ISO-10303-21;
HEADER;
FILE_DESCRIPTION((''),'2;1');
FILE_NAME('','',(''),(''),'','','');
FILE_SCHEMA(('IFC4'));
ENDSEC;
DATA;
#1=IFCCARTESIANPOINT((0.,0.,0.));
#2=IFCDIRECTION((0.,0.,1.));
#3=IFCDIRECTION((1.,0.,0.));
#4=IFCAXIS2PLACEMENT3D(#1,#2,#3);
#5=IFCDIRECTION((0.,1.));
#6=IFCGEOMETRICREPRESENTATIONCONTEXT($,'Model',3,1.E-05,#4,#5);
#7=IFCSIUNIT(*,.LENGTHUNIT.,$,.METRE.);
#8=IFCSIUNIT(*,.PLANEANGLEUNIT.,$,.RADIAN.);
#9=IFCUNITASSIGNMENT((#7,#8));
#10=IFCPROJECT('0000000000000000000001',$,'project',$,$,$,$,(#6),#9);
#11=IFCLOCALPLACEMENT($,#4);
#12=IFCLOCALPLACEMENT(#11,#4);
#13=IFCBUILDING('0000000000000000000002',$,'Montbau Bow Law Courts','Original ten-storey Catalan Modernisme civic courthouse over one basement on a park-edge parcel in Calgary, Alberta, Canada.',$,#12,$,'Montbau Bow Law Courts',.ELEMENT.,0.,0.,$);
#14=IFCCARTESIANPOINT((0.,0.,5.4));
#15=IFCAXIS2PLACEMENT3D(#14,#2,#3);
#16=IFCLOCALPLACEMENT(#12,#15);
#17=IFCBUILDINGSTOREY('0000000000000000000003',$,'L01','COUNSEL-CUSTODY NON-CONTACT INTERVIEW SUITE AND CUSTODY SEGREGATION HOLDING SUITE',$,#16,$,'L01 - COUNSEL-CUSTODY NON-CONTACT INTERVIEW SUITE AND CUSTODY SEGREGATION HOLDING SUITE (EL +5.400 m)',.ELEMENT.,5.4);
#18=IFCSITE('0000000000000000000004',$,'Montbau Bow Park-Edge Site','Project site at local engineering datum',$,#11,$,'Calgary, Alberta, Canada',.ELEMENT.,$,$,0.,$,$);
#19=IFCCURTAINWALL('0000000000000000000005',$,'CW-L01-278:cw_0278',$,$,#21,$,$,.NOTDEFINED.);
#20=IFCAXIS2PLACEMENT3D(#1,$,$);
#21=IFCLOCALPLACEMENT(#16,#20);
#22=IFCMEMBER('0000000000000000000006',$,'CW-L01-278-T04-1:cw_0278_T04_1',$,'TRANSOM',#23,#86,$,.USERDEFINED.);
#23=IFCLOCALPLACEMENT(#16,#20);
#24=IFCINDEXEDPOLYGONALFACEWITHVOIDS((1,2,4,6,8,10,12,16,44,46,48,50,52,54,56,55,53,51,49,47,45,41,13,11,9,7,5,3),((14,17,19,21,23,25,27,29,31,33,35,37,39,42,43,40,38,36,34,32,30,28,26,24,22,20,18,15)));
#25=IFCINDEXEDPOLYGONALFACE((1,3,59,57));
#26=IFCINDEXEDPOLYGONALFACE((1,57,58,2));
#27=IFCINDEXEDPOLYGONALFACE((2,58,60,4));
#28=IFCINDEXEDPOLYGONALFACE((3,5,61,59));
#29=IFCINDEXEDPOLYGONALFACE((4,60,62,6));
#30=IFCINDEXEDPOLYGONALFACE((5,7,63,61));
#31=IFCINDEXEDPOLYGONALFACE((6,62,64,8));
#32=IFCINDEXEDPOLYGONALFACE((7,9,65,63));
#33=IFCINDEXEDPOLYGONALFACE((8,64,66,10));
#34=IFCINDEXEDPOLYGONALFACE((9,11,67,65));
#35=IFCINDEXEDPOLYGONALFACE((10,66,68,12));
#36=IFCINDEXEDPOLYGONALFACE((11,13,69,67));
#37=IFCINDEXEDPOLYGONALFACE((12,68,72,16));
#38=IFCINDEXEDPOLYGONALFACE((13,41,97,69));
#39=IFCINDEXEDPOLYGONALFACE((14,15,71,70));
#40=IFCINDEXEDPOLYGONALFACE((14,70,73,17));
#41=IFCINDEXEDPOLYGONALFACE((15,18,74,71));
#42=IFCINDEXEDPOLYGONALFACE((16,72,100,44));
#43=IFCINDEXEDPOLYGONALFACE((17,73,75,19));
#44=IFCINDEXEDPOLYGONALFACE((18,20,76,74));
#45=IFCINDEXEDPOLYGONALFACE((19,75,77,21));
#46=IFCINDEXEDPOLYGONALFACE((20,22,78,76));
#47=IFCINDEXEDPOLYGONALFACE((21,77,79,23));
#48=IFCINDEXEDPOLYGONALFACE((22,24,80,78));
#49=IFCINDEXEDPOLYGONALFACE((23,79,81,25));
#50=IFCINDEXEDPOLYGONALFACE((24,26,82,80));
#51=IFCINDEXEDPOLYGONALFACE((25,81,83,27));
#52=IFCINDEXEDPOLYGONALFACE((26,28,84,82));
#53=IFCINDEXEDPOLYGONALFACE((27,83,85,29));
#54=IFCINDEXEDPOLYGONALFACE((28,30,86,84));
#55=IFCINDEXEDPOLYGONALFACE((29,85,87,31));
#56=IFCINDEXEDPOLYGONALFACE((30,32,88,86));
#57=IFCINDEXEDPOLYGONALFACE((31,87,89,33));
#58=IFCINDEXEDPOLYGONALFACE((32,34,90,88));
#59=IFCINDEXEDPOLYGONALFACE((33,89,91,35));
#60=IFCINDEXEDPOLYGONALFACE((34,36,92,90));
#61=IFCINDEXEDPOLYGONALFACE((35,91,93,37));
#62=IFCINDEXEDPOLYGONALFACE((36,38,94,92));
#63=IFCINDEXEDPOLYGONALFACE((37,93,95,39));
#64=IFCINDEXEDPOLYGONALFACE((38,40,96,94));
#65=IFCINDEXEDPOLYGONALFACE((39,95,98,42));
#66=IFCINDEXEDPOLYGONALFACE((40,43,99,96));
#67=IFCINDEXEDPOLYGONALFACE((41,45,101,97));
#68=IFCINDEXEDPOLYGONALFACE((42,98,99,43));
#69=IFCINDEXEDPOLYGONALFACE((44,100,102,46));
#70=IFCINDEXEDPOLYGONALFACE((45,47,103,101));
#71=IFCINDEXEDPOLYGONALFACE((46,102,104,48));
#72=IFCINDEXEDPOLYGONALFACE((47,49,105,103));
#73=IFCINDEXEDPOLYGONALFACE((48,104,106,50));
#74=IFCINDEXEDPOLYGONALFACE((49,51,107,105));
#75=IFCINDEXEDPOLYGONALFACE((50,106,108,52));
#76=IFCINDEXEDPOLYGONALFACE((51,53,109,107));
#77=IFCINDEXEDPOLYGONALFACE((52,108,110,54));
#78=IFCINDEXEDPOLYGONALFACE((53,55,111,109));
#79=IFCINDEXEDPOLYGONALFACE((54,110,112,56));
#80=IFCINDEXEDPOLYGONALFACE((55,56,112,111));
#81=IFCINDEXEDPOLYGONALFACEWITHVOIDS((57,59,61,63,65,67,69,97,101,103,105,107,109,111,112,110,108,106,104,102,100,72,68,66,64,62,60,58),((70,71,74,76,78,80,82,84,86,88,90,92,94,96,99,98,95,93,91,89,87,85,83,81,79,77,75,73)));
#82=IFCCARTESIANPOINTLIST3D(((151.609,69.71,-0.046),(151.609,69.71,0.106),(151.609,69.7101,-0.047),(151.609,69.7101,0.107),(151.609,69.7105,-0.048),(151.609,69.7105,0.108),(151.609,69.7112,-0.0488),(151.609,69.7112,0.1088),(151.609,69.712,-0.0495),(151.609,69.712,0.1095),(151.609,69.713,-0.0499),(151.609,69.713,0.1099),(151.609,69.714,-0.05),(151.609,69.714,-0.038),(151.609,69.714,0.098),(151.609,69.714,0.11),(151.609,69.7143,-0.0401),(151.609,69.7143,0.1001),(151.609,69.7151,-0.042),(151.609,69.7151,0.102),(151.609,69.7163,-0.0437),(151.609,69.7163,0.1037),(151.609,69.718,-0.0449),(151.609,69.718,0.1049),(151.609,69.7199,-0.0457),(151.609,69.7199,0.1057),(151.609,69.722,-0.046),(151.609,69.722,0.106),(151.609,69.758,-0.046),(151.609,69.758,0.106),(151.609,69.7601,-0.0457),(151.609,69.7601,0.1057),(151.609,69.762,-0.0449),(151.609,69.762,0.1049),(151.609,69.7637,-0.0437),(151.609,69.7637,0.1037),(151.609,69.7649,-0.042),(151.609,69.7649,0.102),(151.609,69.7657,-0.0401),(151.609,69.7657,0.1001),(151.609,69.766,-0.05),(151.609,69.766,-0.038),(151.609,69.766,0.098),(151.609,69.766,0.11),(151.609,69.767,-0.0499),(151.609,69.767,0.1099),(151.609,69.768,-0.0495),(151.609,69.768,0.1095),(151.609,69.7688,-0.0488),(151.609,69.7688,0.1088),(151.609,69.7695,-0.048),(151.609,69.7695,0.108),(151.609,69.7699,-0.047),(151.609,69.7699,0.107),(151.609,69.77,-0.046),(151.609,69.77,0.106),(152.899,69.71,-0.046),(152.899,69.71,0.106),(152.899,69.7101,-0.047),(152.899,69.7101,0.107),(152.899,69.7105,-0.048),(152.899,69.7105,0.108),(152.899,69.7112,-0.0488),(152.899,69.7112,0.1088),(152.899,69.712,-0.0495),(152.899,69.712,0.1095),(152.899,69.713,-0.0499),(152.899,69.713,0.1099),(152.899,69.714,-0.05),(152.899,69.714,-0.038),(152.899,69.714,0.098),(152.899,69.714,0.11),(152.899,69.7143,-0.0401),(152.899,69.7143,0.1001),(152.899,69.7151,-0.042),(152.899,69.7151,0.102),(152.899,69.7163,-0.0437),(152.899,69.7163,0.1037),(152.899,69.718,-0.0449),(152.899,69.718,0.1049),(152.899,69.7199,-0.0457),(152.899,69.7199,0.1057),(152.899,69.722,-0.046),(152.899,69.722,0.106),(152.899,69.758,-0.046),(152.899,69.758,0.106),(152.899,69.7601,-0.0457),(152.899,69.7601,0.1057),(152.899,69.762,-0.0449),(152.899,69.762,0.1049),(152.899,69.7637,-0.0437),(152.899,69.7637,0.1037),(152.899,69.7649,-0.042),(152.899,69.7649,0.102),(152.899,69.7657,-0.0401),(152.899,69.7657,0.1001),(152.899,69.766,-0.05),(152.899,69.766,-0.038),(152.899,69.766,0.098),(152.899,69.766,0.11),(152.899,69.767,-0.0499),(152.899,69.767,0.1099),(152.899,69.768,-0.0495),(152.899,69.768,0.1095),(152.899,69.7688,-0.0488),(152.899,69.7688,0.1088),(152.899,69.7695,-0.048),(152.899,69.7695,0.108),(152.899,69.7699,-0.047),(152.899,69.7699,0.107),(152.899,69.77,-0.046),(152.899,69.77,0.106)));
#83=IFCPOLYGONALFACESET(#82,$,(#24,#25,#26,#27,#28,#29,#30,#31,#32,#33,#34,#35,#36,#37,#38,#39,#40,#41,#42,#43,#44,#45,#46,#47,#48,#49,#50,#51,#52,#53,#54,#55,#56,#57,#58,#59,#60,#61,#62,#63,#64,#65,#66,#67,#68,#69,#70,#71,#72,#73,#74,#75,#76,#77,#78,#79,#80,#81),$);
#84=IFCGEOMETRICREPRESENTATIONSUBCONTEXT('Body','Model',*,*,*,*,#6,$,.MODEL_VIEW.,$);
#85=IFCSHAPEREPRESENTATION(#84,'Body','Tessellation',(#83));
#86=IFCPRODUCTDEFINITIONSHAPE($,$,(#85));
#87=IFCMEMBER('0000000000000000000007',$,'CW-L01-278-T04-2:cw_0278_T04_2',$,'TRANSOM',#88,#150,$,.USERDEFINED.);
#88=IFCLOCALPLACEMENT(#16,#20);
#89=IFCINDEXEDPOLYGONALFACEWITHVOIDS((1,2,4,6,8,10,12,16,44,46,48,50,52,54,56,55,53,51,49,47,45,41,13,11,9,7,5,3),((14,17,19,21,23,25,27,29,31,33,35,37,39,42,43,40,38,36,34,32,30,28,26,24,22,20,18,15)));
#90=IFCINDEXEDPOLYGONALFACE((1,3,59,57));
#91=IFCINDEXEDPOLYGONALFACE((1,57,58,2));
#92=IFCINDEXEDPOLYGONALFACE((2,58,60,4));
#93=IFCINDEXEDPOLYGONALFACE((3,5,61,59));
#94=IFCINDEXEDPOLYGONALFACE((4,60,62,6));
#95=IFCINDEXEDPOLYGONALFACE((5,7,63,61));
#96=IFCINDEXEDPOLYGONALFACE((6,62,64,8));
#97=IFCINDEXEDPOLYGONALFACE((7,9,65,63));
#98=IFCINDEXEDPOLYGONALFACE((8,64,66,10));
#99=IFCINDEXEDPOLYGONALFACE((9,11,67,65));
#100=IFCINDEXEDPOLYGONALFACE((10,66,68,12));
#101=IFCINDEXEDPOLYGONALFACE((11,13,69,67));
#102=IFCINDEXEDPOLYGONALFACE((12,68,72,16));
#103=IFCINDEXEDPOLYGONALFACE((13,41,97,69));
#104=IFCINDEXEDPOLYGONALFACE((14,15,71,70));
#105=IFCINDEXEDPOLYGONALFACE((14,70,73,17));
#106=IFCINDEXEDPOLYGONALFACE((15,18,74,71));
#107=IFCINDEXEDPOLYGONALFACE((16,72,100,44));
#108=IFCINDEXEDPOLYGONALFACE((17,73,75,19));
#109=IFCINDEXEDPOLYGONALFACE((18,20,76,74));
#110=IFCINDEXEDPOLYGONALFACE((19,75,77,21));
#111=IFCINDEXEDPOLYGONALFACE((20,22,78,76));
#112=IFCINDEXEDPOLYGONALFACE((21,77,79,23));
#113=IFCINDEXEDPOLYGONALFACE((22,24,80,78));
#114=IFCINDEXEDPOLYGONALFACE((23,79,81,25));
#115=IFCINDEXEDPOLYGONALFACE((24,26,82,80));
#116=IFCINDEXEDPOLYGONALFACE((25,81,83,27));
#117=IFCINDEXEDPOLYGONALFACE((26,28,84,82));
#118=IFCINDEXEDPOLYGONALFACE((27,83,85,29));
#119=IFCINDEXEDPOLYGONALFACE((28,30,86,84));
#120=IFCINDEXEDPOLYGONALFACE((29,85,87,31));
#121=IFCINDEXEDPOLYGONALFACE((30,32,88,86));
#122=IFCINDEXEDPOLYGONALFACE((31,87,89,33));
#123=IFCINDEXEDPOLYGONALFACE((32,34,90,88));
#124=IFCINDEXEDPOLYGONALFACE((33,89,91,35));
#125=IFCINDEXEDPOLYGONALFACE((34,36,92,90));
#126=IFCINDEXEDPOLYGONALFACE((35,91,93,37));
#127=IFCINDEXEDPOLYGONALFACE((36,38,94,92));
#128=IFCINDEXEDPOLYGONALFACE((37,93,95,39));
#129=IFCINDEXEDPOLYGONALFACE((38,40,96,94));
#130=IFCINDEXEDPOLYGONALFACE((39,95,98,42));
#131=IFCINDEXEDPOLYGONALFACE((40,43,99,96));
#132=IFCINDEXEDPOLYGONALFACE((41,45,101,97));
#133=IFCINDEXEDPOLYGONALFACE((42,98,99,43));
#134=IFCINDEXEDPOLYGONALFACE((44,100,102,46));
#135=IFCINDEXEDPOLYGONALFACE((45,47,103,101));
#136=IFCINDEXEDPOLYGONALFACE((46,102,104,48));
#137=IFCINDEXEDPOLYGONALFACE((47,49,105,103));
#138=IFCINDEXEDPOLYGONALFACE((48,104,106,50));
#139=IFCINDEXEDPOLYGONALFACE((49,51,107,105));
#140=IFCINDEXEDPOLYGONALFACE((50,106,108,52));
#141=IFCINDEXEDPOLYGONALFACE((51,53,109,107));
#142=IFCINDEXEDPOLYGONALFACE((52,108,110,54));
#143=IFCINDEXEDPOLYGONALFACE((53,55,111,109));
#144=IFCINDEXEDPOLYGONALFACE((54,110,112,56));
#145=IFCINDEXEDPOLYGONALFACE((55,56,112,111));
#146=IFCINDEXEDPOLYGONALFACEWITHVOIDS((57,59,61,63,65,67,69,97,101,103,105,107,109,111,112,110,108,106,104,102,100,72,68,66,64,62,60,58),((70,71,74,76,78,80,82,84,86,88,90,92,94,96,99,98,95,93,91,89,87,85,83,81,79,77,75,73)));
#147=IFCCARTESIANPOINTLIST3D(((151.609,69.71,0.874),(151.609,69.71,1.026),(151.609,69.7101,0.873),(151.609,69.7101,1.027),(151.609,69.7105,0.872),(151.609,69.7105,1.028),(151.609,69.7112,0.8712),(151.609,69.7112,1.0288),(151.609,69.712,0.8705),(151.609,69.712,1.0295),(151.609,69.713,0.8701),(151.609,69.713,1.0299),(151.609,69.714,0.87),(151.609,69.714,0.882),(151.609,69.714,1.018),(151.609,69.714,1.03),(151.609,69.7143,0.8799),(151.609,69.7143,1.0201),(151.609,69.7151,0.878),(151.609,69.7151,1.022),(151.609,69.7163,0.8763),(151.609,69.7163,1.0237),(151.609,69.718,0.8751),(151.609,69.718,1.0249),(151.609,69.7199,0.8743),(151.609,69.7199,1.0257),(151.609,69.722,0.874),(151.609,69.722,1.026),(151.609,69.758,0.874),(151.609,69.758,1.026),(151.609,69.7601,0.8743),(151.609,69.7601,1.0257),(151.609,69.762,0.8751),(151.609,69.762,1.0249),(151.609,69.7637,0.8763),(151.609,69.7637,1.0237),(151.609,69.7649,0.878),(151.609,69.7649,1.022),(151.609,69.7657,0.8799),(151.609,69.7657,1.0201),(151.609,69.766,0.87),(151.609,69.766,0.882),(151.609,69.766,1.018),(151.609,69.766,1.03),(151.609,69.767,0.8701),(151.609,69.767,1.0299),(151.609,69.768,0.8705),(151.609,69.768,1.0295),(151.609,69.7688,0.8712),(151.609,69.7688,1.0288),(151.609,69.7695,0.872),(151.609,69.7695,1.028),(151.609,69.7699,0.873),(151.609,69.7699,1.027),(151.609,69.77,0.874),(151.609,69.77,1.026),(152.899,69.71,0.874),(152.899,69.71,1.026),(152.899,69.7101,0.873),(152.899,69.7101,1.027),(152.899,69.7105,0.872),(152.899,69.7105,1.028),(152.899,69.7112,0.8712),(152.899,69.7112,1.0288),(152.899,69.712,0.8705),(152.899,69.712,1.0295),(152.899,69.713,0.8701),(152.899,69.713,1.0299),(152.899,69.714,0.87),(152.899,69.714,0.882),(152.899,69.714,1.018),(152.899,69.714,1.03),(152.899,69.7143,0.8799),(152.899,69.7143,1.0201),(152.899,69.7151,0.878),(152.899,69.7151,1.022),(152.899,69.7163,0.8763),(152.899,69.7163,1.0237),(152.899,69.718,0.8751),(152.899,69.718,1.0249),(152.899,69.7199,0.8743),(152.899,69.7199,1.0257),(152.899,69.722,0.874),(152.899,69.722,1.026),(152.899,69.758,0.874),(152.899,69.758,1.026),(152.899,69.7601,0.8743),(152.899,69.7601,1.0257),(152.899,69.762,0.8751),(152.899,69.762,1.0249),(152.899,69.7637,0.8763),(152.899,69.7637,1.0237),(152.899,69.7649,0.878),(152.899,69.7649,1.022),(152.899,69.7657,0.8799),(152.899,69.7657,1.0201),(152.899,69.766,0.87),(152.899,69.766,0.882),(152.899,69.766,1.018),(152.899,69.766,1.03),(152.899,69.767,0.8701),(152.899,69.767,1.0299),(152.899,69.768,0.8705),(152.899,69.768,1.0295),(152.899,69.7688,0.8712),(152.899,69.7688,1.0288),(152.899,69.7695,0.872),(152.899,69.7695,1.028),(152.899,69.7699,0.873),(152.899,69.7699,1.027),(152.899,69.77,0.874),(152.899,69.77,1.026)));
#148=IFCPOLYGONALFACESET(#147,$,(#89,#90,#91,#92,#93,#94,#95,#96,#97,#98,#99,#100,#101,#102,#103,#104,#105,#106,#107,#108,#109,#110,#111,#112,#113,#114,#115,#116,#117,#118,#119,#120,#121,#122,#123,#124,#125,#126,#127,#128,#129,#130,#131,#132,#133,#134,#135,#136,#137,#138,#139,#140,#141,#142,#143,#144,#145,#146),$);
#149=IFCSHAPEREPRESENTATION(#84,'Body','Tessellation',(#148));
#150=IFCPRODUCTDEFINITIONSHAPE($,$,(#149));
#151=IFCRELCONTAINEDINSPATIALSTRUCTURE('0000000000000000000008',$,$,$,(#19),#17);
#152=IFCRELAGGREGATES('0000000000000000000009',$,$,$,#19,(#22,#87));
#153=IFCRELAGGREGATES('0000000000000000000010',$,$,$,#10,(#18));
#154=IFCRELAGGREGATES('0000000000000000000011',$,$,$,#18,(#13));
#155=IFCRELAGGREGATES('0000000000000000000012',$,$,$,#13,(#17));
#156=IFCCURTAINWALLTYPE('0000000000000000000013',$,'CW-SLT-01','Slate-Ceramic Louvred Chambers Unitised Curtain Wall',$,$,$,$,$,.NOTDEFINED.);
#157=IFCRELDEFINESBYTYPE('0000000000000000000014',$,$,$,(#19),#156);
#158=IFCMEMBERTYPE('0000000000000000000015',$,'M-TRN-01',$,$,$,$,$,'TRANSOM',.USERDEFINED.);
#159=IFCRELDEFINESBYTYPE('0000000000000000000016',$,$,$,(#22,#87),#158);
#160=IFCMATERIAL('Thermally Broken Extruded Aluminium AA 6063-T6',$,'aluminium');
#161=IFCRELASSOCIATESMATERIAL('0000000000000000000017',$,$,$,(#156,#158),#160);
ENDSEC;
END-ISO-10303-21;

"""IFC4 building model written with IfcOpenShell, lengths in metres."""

from ifc_helpers import new_model, si_unit, direction, frame, origin_with_axes, origin_2d_with_axis, place, context, subcontext, project, spatial, hollow_rectangle, extrude, material, material_profile, profile_set, type_object, element, aggregate, save


model = new_model("IFC4")

# Units and contexts
model_context = context("Model", 3, precision=1e-05, world=origin_with_axes(), true_north=direction((0.0, 1.0)))
body_context = subcontext(model_context, "Body", "Model", "MODEL_VIEW")
ifc_project = project(units=[si_unit("LENGTHUNIT", "METRE"), si_unit("PLANEANGLEUNIT", "RADIAN")], contexts=[model_context])

# Site, building, storey
site_placement = place(None, origin_with_axes())
site = spatial("IfcSite", under=ifc_project, at=site_placement, Name="Montbau Bow Park-Edge Site", Description="Project site at local engineering datum", LongName="Calgary, Alberta, Canada", CompositionType="ELEMENT", RefElevation=0.0)
building_placement = place(site_placement, origin_with_axes())
building = spatial("IfcBuilding", under=site, at=building_placement, Name="Montbau Bow Law Courts", Description="Original ten-storey Catalan Modernisme civic courthouse over one basement on a park-edge parcel in Calgary, Alberta, Canada.", LongName="Montbau Bow Law Courts", CompositionType="ELEMENT", ElevationOfRefHeight=0.0, ElevationOfTerrain=0.0)
storey_placement = place(building_placement, frame((0.0, 0.0, 5.4), z_axis=(0.0, 0.0, 1.0), x_axis=(1.0, 0.0, 0.0)))
storey = spatial("IfcBuildingStorey", under=building, at=storey_placement, Name="L01", Description="COUNSEL-CUSTODY NON-CONTACT INTERVIEW SUITE AND CUSTODY SEGREGATION HOLDING SUITE", LongName="L01 - COUNSEL-CUSTODY NON-CONTACT INTERVIEW SUITE AND CUSTODY SEGREGATION HOLDING SUITE (EL +5.400 m)", CompositionType="ELEMENT", Elevation=5.4)

# Curtain wall, members
ifc_material_1 = material(Name="Thermally Broken Extruded Aluminium AA 6063-T6", Category="aluminium")
curtain_wall_type = type_object("IfcCurtainWallType", Name="CW-SLT-01", Description="Slate-Ceramic Louvred Chambers Unitised Curtain Wall", PredefinedType="NOTDEFINED", material=ifc_material_1)
curtain_wall_placement = place(None, frame((147.515, 69.74, 5.4), z_axis=(0.0, 0.0, 1.0), x_axis=(1.0, 0.0, 0.0)))
curtain_wall = element("IfcCurtainWall", 1, at=curtain_wall_placement, inside=storey, type_object=curtain_wall_type, Name="CW-L01-278:cw_0278", PredefinedType="NOTDEFINED")
ifc_material_profile_1 = material_profile(ifc_material_1, hollow_rectangle(XDim=0.06, YDim=0.16, WallThickness=0.004, InnerFilletRadius=0.008, OuterFilletRadius=0.004, at=origin_2d_with_axis()), Name="CWT-160X60", Category="Main", Priority=0)
ifc_profile_set_1 = profile_set([ifc_material_profile_1], Name="Thermally Broken Extruded Aluminium AA 6063-T6")
member_type_1 = type_object("IfcMemberType", Name="M-TRN-01", ElementType="TRANSOM", PredefinedType="USERDEFINED", material=ifc_profile_set_1)
member_1_placement = place(None, frame((151.609, 69.74, 5.43), z_axis=(1.0, 0.0, 0.0), x_axis=(0.0, 1.0, 0.0)))
member_1 = element("IfcMember", 2, at=member_1_placement, type_object=member_type_1, Name="CW-L01-278-T04-1:cw_0278_T04_1", ObjectType="TRANSOM", PredefinedType="USERDEFINED", context=body_context, shape_type="SweptSolid", body=[
    extrude(hollow_rectangle(XDim=0.06, YDim=0.16, WallThickness=0.004, InnerFilletRadius=0.008, OuterFilletRadius=0.004, at=origin_2d_with_axis()), origin_with_axes(), (0.0, 0.0, 1.0), 1.29),
])
member_2_placement = place(None, frame((151.609, 69.74, 6.35), z_axis=(1.0, 0.0, 0.0), x_axis=(0.0, 1.0, 0.0)))
member_2 = element("IfcMember", 3, at=member_2_placement, type_object=member_type_1, Name="CW-L01-278-T04-2:cw_0278_T04_2", ObjectType="TRANSOM", PredefinedType="USERDEFINED", context=body_context, shape_type="SweptSolid", body=[
    extrude(hollow_rectangle(XDim=0.06, YDim=0.16, WallThickness=0.004, InnerFilletRadius=0.008, OuterFilletRadius=0.004, at=origin_2d_with_axis()), origin_with_axes(), (0.0, 0.0, 1.0), 1.29),
])
aggregate(curtain_wall, [member_1, member_2])

save(model, "model.ifc")
